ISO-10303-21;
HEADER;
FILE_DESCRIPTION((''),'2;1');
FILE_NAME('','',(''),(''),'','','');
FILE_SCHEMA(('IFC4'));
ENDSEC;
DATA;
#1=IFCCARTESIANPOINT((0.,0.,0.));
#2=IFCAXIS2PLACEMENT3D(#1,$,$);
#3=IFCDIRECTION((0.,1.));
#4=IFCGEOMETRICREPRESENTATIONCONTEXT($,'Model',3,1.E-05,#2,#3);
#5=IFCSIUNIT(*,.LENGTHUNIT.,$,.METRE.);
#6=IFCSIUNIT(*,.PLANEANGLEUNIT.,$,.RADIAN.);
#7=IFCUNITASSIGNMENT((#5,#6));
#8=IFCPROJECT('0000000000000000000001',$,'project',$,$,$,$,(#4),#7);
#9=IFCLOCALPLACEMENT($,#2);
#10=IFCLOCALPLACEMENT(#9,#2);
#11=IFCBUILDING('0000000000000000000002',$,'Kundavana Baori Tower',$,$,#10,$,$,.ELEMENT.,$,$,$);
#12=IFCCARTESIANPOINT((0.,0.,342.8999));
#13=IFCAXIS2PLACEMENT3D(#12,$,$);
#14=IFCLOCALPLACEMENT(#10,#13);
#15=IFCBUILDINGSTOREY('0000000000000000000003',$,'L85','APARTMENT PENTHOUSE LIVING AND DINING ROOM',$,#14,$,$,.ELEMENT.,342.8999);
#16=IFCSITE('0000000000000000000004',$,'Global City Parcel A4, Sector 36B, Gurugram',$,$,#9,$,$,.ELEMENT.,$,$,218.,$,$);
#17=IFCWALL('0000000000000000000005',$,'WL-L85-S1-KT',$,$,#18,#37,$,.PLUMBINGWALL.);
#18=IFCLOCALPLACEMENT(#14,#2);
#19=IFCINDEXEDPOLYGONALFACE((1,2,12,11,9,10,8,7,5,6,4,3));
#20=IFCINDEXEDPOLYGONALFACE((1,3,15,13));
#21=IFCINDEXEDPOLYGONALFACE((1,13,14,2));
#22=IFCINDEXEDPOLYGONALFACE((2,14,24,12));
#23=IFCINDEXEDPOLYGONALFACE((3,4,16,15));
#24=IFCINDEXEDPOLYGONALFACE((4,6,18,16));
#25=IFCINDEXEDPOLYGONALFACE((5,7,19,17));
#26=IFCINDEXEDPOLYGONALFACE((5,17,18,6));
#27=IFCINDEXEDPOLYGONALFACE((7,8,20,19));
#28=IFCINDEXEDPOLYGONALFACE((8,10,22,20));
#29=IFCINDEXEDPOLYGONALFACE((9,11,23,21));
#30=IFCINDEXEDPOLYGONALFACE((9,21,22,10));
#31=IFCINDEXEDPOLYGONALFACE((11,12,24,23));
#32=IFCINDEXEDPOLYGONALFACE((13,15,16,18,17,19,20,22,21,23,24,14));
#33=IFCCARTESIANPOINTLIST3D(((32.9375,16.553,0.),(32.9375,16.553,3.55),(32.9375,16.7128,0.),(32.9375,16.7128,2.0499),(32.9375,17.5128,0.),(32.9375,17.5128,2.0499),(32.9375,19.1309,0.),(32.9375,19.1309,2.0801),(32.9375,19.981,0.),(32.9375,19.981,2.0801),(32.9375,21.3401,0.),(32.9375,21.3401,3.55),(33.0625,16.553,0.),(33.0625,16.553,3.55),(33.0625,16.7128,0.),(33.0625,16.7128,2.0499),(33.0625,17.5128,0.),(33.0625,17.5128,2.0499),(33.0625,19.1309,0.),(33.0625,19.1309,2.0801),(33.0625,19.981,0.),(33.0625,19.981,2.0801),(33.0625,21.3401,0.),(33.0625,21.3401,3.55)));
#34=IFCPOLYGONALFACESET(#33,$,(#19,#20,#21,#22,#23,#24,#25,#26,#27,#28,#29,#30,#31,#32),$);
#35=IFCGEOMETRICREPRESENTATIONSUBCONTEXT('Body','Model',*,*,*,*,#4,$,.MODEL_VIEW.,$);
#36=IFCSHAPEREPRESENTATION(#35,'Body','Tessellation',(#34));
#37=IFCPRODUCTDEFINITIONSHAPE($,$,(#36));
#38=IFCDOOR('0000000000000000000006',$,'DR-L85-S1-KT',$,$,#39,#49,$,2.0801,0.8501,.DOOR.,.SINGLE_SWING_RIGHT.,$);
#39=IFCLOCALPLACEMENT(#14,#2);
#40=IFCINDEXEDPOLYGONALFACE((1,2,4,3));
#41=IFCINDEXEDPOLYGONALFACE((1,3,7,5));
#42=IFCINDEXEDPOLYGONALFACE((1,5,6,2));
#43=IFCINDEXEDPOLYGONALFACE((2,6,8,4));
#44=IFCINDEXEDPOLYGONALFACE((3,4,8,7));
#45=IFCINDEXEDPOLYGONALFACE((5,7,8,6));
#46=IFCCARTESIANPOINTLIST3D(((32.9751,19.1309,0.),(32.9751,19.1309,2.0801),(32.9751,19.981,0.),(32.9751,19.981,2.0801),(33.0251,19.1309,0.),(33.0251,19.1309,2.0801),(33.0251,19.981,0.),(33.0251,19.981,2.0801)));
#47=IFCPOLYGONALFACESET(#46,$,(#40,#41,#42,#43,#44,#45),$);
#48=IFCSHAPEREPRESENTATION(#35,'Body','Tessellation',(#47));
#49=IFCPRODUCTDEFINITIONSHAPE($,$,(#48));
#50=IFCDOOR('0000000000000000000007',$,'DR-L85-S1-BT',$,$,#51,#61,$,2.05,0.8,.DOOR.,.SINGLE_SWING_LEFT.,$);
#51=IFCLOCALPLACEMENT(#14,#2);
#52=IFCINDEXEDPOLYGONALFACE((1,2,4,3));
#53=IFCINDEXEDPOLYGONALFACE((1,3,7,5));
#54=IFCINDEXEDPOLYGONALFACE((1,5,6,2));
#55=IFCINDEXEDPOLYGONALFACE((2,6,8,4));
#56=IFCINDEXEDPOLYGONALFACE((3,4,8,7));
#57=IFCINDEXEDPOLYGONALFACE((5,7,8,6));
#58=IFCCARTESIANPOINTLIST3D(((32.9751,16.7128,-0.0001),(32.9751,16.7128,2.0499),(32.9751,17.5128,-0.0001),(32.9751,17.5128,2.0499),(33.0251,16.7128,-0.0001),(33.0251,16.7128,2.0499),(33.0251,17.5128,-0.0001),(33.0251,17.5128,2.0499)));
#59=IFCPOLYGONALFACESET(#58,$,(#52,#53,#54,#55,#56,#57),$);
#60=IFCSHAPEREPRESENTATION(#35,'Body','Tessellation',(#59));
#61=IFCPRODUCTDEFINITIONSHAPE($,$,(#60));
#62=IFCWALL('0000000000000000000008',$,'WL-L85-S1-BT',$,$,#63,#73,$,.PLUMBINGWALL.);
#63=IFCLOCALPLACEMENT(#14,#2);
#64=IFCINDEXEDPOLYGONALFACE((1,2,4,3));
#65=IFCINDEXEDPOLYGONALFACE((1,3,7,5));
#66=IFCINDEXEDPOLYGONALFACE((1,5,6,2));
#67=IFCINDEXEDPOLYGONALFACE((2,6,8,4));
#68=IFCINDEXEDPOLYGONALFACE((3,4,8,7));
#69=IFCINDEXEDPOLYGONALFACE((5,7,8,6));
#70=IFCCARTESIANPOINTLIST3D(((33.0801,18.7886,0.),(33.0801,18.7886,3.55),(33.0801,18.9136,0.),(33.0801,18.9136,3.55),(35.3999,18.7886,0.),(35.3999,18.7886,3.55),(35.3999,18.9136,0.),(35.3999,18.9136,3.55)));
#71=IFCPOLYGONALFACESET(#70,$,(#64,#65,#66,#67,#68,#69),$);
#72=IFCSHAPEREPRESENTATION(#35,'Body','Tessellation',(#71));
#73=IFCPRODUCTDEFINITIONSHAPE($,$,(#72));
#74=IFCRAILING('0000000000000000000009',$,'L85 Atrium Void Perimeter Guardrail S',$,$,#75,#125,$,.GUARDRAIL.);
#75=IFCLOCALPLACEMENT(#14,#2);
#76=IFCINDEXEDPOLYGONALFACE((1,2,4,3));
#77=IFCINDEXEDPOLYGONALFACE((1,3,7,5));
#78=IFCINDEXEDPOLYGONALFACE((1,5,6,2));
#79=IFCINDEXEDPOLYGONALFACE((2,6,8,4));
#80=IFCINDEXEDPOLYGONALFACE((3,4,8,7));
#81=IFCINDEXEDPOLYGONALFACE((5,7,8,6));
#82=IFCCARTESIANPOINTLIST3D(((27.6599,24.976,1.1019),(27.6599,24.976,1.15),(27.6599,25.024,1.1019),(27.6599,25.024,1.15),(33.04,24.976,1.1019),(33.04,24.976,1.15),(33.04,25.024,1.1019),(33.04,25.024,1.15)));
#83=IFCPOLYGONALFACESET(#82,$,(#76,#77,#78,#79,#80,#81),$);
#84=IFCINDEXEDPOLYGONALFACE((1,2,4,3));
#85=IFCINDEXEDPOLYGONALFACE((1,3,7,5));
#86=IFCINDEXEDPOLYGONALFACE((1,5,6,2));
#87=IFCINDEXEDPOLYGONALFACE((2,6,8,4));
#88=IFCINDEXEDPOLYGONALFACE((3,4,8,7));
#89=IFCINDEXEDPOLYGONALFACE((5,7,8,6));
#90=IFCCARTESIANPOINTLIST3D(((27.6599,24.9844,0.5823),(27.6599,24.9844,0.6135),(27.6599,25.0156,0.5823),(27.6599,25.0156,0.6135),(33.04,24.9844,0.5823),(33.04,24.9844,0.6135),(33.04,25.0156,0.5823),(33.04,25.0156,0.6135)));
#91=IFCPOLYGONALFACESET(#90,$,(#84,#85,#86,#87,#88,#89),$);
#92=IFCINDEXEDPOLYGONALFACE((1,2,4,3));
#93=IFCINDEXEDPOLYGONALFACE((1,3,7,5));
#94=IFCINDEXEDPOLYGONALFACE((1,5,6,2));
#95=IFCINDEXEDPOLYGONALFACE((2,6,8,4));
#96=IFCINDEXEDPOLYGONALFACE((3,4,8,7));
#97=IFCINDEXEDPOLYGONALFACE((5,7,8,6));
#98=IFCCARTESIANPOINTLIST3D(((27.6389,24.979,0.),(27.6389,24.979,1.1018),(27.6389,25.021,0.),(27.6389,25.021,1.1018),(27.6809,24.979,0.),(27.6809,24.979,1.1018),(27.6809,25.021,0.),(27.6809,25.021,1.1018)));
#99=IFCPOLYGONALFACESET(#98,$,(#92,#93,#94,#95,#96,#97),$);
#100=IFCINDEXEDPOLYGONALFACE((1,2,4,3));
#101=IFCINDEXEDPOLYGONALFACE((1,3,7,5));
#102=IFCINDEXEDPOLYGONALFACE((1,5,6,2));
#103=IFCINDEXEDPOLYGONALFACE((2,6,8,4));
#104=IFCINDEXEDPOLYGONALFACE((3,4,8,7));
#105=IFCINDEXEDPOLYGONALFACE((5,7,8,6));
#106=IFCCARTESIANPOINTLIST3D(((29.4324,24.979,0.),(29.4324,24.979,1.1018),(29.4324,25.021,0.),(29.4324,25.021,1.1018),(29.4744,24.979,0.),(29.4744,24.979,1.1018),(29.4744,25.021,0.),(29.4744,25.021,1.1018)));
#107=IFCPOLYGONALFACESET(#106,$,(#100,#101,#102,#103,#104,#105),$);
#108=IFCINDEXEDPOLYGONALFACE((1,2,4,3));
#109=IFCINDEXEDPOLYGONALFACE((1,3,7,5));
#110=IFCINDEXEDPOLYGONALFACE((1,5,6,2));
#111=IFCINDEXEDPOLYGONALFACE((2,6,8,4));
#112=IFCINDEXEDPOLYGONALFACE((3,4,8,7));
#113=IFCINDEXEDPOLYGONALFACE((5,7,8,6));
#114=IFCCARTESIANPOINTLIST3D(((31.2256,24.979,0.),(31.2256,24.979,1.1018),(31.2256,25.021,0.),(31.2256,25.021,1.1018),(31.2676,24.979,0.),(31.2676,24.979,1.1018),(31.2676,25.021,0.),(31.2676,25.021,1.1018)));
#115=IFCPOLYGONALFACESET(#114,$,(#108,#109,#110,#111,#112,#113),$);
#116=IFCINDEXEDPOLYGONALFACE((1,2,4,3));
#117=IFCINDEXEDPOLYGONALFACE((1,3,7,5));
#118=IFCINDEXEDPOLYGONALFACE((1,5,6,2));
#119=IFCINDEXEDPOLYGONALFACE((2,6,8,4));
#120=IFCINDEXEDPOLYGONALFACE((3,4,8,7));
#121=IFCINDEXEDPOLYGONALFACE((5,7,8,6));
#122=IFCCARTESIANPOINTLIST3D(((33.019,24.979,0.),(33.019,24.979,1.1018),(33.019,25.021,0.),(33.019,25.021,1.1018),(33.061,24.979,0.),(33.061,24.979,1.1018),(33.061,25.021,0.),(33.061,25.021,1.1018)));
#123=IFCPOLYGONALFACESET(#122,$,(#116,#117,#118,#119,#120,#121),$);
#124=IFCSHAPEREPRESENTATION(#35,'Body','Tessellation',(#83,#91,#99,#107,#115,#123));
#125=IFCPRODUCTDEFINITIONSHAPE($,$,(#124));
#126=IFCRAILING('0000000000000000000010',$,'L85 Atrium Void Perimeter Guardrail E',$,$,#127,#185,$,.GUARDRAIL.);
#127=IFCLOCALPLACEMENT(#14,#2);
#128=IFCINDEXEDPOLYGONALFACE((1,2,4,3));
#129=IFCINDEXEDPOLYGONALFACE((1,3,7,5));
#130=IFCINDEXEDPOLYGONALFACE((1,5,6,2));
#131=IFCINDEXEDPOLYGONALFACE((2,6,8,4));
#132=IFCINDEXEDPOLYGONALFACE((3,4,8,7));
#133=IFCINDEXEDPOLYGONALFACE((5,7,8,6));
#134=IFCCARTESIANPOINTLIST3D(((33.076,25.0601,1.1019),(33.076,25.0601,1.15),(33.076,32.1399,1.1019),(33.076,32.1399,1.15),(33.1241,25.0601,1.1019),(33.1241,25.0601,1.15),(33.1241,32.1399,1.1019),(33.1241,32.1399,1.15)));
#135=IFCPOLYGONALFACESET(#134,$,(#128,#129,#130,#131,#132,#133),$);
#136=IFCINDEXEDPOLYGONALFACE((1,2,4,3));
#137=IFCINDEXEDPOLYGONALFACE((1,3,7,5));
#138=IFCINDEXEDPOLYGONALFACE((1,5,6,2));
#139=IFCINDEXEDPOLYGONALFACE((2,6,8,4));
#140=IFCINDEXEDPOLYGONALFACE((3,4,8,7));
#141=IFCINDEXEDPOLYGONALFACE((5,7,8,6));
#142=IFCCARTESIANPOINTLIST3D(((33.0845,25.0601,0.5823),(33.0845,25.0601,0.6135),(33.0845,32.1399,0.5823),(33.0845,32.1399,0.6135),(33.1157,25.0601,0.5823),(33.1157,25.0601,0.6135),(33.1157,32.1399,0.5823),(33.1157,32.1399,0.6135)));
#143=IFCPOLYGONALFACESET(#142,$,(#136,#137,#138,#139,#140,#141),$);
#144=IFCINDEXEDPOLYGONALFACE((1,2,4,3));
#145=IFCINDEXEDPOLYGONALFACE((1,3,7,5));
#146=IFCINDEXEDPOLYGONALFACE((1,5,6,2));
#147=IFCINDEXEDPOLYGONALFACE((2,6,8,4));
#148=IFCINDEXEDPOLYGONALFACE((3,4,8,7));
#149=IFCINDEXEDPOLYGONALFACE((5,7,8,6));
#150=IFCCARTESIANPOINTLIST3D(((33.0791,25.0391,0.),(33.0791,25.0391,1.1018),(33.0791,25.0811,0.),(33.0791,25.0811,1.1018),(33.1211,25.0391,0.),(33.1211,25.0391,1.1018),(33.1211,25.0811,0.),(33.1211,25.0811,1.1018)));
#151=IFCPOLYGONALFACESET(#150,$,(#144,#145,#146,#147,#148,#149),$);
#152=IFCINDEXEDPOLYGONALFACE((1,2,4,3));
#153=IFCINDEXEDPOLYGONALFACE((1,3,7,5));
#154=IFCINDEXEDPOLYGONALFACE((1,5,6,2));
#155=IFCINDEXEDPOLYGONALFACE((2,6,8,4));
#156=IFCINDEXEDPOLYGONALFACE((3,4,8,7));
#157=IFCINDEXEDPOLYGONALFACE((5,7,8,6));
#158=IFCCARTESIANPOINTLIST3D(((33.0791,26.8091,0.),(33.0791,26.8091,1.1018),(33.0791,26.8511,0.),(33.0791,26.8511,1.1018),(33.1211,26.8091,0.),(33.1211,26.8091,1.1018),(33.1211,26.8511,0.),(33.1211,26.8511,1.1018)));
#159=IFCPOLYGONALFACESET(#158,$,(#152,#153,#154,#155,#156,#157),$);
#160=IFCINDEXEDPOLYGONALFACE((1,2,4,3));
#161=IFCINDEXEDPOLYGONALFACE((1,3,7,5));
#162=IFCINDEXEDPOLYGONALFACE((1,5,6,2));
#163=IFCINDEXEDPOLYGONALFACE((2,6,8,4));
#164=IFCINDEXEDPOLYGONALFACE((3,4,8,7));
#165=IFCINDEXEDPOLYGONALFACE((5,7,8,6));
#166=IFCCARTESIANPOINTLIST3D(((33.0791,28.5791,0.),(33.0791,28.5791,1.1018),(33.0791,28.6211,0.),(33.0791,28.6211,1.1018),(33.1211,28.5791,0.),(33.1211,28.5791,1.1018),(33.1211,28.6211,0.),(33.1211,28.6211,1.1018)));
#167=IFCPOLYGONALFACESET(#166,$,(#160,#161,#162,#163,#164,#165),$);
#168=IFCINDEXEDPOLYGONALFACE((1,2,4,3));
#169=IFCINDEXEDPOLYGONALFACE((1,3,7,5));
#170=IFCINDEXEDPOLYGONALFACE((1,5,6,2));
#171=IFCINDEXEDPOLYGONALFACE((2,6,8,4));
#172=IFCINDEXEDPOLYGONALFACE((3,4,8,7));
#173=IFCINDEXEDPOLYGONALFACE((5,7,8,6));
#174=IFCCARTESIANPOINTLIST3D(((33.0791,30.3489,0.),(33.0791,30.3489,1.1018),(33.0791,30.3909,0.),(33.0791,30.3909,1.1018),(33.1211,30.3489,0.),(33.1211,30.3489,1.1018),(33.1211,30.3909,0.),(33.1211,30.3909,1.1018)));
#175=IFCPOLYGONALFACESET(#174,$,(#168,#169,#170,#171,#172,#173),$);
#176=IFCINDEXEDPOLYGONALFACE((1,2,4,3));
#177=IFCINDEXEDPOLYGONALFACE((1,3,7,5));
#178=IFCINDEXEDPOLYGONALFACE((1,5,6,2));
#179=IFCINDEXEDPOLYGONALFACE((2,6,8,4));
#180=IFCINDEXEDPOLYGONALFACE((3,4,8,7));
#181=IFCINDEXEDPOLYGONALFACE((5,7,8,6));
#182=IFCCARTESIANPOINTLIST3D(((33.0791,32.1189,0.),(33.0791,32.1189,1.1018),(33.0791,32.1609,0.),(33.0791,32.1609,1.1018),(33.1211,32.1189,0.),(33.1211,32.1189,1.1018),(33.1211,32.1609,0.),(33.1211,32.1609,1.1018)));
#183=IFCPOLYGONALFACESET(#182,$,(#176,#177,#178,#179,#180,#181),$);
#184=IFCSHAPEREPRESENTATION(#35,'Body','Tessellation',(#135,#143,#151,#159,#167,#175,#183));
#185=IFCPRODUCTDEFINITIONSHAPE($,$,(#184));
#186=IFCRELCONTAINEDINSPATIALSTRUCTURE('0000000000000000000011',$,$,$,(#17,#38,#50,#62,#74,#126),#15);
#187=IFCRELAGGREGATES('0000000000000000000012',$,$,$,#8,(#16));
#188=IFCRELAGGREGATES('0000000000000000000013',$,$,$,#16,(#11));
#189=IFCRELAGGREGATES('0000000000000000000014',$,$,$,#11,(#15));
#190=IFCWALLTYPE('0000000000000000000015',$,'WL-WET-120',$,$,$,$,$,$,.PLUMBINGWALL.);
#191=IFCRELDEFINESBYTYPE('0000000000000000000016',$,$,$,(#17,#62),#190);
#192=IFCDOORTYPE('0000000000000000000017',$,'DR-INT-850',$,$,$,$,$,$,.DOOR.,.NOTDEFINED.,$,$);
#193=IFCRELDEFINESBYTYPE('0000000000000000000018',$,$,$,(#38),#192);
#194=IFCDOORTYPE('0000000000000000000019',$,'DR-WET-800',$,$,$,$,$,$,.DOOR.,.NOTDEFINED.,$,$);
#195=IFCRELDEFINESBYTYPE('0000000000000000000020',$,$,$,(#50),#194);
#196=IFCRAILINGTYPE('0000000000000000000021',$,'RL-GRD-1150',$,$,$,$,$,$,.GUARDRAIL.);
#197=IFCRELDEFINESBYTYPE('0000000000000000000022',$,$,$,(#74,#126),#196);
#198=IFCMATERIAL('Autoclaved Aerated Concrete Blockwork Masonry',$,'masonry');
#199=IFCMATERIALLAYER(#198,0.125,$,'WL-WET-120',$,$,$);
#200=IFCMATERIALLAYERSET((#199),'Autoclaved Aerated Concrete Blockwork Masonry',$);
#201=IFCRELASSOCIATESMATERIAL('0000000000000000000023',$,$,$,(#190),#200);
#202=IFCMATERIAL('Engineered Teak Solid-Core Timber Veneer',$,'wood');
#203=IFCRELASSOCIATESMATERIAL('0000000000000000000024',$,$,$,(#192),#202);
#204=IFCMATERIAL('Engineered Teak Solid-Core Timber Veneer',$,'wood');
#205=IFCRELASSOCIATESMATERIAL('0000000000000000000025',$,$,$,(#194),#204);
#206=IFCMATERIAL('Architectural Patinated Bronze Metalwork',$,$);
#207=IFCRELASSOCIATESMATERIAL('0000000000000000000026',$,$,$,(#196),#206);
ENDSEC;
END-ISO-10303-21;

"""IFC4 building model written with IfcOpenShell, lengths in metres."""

from ifc_helpers import new_model, si_unit, direction, frame, frame_2d, origin, origin_2d, place, context, subcontext, project, spatial, rectangle, extrude, material, layer, layer_set, type_object, element, fill, save


model = new_model("IFC4")

# Units and contexts
model_context = context("Model", 3, precision=1e-05, world=origin(), true_north=direction((0.0, 1.0)))
body_context = subcontext(model_context, "Body", "Model", "MODEL_VIEW")
ifc_project = project(units=[si_unit("LENGTHUNIT", "METRE"), si_unit("PLANEANGLEUNIT", "RADIAN")], contexts=[model_context])

# Site, building, storey
site_placement = place(None, origin())
site = spatial("IfcSite", under=ifc_project, at=site_placement, Name="Global City Parcel A4, Sector 36B, Gurugram", CompositionType="ELEMENT", RefElevation=218.0)
building_placement = place(site_placement, origin())
building = spatial("IfcBuilding", under=site, at=building_placement, Name="Kundavana Baori Tower", CompositionType="ELEMENT")
storey_placement = place(building_placement, frame((0.0, 0.0, 342.8999)))
storey = spatial("IfcBuildingStorey", under=building, at=storey_placement, Name="L85", Description="APARTMENT PENTHOUSE LIVING AND DINING ROOM", CompositionType="ELEMENT", Elevation=342.8999)

# Wall, openings, doors
ifc_material_1 = material(Name="Autoclaved Aerated Concrete Blockwork Masonry", Category="masonry")
ifc_layer_1 = layer(ifc_material_1, 0.125, Name="WL-WET-120")
ifc_layer_set_1 = layer_set([ifc_layer_1], Name="Autoclaved Aerated Concrete Blockwork Masonry")
wall_type_1 = type_object("IfcWallType", Name="WL-WET-120", PredefinedType="PLUMBINGWALL", material=ifc_layer_set_1)
wall_1_placement = place(storey_placement, frame((33.0, 16.553, 0.0), z_axis=(0.0, 0.0, 1.0), x_axis=(0.0, 1.0, 0.0)))
wall_1 = element("IfcWall", 1, at=wall_1_placement, inside=storey, type_object=wall_type_1, Name="WL-L85-S1-KT", PredefinedType="PLUMBINGWALL", context=body_context, shape_type="SweptSolid", body=[
    extrude(rectangle(XDim=4.7871, YDim=0.125, at=frame_2d((2.3936, 0.0))), origin(), (0.0, 0.0, 1.0), 3.55),
])
opening_1_placement = place(wall_1_placement, frame((0.1599, 0.0, 0.0)))
opening_1 = element("IfcOpeningElement", 2, at=opening_1_placement, cuts=wall_1, PredefinedType="OPENING", context=body_context, shape_type="SweptSolid", body=[
    extrude(rectangle(XDim=0.8, YDim=2.05, at=frame_2d((0.3999, 1.0249))), frame((0.0, 0.0725, 0.0), z_axis=(0.0, -1.0, 0.0), x_axis=(1.0, 0.0, 0.0)), (0.0, 0.0, 1.0), 0.145),
])
opening_2_placement = place(wall_1_placement, frame((2.5779, 0.0, 0.0)))
opening_2 = element("IfcOpeningElement", 3, at=opening_2_placement, cuts=wall_1, PredefinedType="OPENING", context=body_context, shape_type="SweptSolid", body=[
    extrude(rectangle(XDim=0.8501, YDim=2.0801, at=frame_2d((0.425, 1.04))), frame((0.0, 0.0725, 0.0), z_axis=(0.0, -1.0, 0.0), x_axis=(1.0, 0.0, 0.0)), (0.0, 0.0, 1.0), 0.145),
])
ifc_material_2 = material(Name="Engineered Teak Solid-Core Timber Veneer", Category="wood")
door_type_1 = type_object("IfcDoorType", Name="DR-INT-850", OperationType="NOTDEFINED", PredefinedType="DOOR", material=ifc_material_2)
door_1_placement = place(opening_2_placement, origin())
door_1 = element("IfcDoor", 4, at=door_1_placement, inside=storey, type_object=door_type_1, Name="DR-L85-S1-KT", OperationType="SINGLE_SWING_RIGHT", OverallHeight=2.0801, OverallWidth=0.8501, PredefinedType="DOOR", context=body_context, shape_type="SweptSolid", body=[
    extrude(rectangle(XDim=0.8501, YDim=2.0801, at=frame_2d((0.425, 1.04))), frame((0.0, 0.0249, 0.0), z_axis=(0.0, -1.0, 0.0), x_axis=(1.0, 0.0, 0.0)), (0.0, 0.0, 1.0), 0.05),
])
fill(opening_2, door_1)
ifc_material_3 = material(Name="Engineered Teak Solid-Core Timber Veneer", Category="wood")
door_type_2 = type_object("IfcDoorType", Name="DR-WET-800", OperationType="NOTDEFINED", PredefinedType="DOOR", material=ifc_material_3)
door_2_placement = place(opening_1_placement, origin())
door_2 = element("IfcDoor", 5, at=door_2_placement, inside=storey, type_object=door_type_2, Name="DR-L85-S1-BT", OperationType="SINGLE_SWING_LEFT", OverallHeight=2.05, OverallWidth=0.8, PredefinedType="DOOR", context=body_context, shape_type="SweptSolid", body=[
    extrude(rectangle(XDim=0.8, YDim=2.05, at=frame_2d((0.3999, 1.0249))), frame((0.0, 0.0249, 0.0), z_axis=(0.0, -1.0, 0.0), x_axis=(1.0, 0.0, 0.0)), (0.0, 0.0, 1.0), 0.05),
])
fill(opening_1, door_2)

# Wall
wall_2_placement = place(storey_placement, frame((33.0801, 18.8511, 0.0), z_axis=(0.0, 0.0, 1.0), x_axis=(1.0, 0.0, 0.0)))
element("IfcWall", 6, at=wall_2_placement, inside=storey, type_object=wall_type_1, Name="WL-L85-S1-BT", PredefinedType="PLUMBINGWALL", context=body_context, shape_type="SweptSolid", body=[
    extrude(rectangle(XDim=2.3198, YDim=0.125, at=frame_2d((1.1599, 0.0))), origin(), (0.0, 0.0, 1.0), 3.55),
])

# Railings
ifc_material_4 = material(Name="Architectural Patinated Bronze Metalwork")
railing_type = type_object("IfcRailingType", Name="RL-GRD-1150", PredefinedType="GUARDRAIL", material=ifc_material_4)
railing_1_placement = place(storey_placement, frame((27.6599, 25.0, 0.0)))
element("IfcRailing", 7, at=railing_1_placement, inside=storey, type_object=railing_type, Name="L85 Atrium Void Perimeter Guardrail S", PredefinedType="GUARDRAIL", context=body_context, shape_type="SweptSolid", body=[
    extrude(rectangle(XDim=0.0481, YDim=0.0481, at=origin_2d()), frame((0.0, 0.0, 1.126), z_axis=(1.0, 0.0, 0.0), x_axis=(0.0, 1.0, 0.0)), (0.0, 0.0, 1.0), 5.3801),
    extrude(rectangle(XDim=0.0312, YDim=0.0312, at=origin_2d()), frame((0.0, 0.0, 0.5979), z_axis=(1.0, 0.0, 0.0), x_axis=(0.0, 1.0, 0.0)), (0.0, 0.0, 1.0), 5.3801),
    extrude(rectangle(XDim=0.042, YDim=0.042, at=origin_2d()), origin(), (0.0, 0.0, 1.0), 1.1018),
    extrude(rectangle(XDim=0.042, YDim=0.042, at=origin_2d()), frame((1.7935, 0.0, 0.0)), (0.0, 0.0, 1.0), 1.1018),
    extrude(rectangle(XDim=0.042, YDim=0.042, at=origin_2d()), frame((3.5867, 0.0, 0.0)), (0.0, 0.0, 1.0), 1.1018),
    extrude(rectangle(XDim=0.042, YDim=0.042, at=origin_2d()), frame((5.3801, 0.0, 0.0)), (0.0, 0.0, 1.0), 1.1018),
])
railing_2_placement = place(storey_placement, frame((33.1001, 25.0601, 0.0)))
element("IfcRailing", 8, at=railing_2_placement, inside=storey, type_object=railing_type, Name="L85 Atrium Void Perimeter Guardrail E", PredefinedType="GUARDRAIL", context=body_context, shape_type="SweptSolid", body=[
    extrude(rectangle(XDim=0.0481, YDim=0.0481, at=origin_2d()), frame((0.0, 0.0, 1.126), z_axis=(0.0, 1.0, 0.0), x_axis=(-1.0, 0.0, 0.0)), (0.0, 0.0, 1.0), 7.0798),
    extrude(rectangle(XDim=0.0312, YDim=0.0312, at=origin_2d()), frame((0.0, 0.0, 0.5979), z_axis=(0.0, 1.0, 0.0), x_axis=(-1.0, 0.0, 0.0)), (0.0, 0.0, 1.0), 7.0798),
    extrude(rectangle(XDim=0.042, YDim=0.042, at=origin_2d()), origin(), (0.0, 0.0, 1.0), 1.1018),
    extrude(rectangle(XDim=0.042, YDim=0.042, at=origin_2d()), frame((0.0, 1.77, 0.0)), (0.0, 0.0, 1.0), 1.1018),
    extrude(rectangle(XDim=0.042, YDim=0.042, at=origin_2d()), frame((0.0, 3.54, 0.0)), (0.0, 0.0, 1.0), 1.1018),
    extrude(rectangle(XDim=0.042, YDim=0.042, at=origin_2d()), frame((0.0, 5.3098, 0.0)), (0.0, 0.0, 1.0), 1.1018),
    extrude(rectangle(XDim=0.042, YDim=0.042, at=origin_2d()), frame((0.0, 7.0798, 0.0)), (0.0, 0.0, 1.0), 1.1018),
])

save(model, "model.ifc")
